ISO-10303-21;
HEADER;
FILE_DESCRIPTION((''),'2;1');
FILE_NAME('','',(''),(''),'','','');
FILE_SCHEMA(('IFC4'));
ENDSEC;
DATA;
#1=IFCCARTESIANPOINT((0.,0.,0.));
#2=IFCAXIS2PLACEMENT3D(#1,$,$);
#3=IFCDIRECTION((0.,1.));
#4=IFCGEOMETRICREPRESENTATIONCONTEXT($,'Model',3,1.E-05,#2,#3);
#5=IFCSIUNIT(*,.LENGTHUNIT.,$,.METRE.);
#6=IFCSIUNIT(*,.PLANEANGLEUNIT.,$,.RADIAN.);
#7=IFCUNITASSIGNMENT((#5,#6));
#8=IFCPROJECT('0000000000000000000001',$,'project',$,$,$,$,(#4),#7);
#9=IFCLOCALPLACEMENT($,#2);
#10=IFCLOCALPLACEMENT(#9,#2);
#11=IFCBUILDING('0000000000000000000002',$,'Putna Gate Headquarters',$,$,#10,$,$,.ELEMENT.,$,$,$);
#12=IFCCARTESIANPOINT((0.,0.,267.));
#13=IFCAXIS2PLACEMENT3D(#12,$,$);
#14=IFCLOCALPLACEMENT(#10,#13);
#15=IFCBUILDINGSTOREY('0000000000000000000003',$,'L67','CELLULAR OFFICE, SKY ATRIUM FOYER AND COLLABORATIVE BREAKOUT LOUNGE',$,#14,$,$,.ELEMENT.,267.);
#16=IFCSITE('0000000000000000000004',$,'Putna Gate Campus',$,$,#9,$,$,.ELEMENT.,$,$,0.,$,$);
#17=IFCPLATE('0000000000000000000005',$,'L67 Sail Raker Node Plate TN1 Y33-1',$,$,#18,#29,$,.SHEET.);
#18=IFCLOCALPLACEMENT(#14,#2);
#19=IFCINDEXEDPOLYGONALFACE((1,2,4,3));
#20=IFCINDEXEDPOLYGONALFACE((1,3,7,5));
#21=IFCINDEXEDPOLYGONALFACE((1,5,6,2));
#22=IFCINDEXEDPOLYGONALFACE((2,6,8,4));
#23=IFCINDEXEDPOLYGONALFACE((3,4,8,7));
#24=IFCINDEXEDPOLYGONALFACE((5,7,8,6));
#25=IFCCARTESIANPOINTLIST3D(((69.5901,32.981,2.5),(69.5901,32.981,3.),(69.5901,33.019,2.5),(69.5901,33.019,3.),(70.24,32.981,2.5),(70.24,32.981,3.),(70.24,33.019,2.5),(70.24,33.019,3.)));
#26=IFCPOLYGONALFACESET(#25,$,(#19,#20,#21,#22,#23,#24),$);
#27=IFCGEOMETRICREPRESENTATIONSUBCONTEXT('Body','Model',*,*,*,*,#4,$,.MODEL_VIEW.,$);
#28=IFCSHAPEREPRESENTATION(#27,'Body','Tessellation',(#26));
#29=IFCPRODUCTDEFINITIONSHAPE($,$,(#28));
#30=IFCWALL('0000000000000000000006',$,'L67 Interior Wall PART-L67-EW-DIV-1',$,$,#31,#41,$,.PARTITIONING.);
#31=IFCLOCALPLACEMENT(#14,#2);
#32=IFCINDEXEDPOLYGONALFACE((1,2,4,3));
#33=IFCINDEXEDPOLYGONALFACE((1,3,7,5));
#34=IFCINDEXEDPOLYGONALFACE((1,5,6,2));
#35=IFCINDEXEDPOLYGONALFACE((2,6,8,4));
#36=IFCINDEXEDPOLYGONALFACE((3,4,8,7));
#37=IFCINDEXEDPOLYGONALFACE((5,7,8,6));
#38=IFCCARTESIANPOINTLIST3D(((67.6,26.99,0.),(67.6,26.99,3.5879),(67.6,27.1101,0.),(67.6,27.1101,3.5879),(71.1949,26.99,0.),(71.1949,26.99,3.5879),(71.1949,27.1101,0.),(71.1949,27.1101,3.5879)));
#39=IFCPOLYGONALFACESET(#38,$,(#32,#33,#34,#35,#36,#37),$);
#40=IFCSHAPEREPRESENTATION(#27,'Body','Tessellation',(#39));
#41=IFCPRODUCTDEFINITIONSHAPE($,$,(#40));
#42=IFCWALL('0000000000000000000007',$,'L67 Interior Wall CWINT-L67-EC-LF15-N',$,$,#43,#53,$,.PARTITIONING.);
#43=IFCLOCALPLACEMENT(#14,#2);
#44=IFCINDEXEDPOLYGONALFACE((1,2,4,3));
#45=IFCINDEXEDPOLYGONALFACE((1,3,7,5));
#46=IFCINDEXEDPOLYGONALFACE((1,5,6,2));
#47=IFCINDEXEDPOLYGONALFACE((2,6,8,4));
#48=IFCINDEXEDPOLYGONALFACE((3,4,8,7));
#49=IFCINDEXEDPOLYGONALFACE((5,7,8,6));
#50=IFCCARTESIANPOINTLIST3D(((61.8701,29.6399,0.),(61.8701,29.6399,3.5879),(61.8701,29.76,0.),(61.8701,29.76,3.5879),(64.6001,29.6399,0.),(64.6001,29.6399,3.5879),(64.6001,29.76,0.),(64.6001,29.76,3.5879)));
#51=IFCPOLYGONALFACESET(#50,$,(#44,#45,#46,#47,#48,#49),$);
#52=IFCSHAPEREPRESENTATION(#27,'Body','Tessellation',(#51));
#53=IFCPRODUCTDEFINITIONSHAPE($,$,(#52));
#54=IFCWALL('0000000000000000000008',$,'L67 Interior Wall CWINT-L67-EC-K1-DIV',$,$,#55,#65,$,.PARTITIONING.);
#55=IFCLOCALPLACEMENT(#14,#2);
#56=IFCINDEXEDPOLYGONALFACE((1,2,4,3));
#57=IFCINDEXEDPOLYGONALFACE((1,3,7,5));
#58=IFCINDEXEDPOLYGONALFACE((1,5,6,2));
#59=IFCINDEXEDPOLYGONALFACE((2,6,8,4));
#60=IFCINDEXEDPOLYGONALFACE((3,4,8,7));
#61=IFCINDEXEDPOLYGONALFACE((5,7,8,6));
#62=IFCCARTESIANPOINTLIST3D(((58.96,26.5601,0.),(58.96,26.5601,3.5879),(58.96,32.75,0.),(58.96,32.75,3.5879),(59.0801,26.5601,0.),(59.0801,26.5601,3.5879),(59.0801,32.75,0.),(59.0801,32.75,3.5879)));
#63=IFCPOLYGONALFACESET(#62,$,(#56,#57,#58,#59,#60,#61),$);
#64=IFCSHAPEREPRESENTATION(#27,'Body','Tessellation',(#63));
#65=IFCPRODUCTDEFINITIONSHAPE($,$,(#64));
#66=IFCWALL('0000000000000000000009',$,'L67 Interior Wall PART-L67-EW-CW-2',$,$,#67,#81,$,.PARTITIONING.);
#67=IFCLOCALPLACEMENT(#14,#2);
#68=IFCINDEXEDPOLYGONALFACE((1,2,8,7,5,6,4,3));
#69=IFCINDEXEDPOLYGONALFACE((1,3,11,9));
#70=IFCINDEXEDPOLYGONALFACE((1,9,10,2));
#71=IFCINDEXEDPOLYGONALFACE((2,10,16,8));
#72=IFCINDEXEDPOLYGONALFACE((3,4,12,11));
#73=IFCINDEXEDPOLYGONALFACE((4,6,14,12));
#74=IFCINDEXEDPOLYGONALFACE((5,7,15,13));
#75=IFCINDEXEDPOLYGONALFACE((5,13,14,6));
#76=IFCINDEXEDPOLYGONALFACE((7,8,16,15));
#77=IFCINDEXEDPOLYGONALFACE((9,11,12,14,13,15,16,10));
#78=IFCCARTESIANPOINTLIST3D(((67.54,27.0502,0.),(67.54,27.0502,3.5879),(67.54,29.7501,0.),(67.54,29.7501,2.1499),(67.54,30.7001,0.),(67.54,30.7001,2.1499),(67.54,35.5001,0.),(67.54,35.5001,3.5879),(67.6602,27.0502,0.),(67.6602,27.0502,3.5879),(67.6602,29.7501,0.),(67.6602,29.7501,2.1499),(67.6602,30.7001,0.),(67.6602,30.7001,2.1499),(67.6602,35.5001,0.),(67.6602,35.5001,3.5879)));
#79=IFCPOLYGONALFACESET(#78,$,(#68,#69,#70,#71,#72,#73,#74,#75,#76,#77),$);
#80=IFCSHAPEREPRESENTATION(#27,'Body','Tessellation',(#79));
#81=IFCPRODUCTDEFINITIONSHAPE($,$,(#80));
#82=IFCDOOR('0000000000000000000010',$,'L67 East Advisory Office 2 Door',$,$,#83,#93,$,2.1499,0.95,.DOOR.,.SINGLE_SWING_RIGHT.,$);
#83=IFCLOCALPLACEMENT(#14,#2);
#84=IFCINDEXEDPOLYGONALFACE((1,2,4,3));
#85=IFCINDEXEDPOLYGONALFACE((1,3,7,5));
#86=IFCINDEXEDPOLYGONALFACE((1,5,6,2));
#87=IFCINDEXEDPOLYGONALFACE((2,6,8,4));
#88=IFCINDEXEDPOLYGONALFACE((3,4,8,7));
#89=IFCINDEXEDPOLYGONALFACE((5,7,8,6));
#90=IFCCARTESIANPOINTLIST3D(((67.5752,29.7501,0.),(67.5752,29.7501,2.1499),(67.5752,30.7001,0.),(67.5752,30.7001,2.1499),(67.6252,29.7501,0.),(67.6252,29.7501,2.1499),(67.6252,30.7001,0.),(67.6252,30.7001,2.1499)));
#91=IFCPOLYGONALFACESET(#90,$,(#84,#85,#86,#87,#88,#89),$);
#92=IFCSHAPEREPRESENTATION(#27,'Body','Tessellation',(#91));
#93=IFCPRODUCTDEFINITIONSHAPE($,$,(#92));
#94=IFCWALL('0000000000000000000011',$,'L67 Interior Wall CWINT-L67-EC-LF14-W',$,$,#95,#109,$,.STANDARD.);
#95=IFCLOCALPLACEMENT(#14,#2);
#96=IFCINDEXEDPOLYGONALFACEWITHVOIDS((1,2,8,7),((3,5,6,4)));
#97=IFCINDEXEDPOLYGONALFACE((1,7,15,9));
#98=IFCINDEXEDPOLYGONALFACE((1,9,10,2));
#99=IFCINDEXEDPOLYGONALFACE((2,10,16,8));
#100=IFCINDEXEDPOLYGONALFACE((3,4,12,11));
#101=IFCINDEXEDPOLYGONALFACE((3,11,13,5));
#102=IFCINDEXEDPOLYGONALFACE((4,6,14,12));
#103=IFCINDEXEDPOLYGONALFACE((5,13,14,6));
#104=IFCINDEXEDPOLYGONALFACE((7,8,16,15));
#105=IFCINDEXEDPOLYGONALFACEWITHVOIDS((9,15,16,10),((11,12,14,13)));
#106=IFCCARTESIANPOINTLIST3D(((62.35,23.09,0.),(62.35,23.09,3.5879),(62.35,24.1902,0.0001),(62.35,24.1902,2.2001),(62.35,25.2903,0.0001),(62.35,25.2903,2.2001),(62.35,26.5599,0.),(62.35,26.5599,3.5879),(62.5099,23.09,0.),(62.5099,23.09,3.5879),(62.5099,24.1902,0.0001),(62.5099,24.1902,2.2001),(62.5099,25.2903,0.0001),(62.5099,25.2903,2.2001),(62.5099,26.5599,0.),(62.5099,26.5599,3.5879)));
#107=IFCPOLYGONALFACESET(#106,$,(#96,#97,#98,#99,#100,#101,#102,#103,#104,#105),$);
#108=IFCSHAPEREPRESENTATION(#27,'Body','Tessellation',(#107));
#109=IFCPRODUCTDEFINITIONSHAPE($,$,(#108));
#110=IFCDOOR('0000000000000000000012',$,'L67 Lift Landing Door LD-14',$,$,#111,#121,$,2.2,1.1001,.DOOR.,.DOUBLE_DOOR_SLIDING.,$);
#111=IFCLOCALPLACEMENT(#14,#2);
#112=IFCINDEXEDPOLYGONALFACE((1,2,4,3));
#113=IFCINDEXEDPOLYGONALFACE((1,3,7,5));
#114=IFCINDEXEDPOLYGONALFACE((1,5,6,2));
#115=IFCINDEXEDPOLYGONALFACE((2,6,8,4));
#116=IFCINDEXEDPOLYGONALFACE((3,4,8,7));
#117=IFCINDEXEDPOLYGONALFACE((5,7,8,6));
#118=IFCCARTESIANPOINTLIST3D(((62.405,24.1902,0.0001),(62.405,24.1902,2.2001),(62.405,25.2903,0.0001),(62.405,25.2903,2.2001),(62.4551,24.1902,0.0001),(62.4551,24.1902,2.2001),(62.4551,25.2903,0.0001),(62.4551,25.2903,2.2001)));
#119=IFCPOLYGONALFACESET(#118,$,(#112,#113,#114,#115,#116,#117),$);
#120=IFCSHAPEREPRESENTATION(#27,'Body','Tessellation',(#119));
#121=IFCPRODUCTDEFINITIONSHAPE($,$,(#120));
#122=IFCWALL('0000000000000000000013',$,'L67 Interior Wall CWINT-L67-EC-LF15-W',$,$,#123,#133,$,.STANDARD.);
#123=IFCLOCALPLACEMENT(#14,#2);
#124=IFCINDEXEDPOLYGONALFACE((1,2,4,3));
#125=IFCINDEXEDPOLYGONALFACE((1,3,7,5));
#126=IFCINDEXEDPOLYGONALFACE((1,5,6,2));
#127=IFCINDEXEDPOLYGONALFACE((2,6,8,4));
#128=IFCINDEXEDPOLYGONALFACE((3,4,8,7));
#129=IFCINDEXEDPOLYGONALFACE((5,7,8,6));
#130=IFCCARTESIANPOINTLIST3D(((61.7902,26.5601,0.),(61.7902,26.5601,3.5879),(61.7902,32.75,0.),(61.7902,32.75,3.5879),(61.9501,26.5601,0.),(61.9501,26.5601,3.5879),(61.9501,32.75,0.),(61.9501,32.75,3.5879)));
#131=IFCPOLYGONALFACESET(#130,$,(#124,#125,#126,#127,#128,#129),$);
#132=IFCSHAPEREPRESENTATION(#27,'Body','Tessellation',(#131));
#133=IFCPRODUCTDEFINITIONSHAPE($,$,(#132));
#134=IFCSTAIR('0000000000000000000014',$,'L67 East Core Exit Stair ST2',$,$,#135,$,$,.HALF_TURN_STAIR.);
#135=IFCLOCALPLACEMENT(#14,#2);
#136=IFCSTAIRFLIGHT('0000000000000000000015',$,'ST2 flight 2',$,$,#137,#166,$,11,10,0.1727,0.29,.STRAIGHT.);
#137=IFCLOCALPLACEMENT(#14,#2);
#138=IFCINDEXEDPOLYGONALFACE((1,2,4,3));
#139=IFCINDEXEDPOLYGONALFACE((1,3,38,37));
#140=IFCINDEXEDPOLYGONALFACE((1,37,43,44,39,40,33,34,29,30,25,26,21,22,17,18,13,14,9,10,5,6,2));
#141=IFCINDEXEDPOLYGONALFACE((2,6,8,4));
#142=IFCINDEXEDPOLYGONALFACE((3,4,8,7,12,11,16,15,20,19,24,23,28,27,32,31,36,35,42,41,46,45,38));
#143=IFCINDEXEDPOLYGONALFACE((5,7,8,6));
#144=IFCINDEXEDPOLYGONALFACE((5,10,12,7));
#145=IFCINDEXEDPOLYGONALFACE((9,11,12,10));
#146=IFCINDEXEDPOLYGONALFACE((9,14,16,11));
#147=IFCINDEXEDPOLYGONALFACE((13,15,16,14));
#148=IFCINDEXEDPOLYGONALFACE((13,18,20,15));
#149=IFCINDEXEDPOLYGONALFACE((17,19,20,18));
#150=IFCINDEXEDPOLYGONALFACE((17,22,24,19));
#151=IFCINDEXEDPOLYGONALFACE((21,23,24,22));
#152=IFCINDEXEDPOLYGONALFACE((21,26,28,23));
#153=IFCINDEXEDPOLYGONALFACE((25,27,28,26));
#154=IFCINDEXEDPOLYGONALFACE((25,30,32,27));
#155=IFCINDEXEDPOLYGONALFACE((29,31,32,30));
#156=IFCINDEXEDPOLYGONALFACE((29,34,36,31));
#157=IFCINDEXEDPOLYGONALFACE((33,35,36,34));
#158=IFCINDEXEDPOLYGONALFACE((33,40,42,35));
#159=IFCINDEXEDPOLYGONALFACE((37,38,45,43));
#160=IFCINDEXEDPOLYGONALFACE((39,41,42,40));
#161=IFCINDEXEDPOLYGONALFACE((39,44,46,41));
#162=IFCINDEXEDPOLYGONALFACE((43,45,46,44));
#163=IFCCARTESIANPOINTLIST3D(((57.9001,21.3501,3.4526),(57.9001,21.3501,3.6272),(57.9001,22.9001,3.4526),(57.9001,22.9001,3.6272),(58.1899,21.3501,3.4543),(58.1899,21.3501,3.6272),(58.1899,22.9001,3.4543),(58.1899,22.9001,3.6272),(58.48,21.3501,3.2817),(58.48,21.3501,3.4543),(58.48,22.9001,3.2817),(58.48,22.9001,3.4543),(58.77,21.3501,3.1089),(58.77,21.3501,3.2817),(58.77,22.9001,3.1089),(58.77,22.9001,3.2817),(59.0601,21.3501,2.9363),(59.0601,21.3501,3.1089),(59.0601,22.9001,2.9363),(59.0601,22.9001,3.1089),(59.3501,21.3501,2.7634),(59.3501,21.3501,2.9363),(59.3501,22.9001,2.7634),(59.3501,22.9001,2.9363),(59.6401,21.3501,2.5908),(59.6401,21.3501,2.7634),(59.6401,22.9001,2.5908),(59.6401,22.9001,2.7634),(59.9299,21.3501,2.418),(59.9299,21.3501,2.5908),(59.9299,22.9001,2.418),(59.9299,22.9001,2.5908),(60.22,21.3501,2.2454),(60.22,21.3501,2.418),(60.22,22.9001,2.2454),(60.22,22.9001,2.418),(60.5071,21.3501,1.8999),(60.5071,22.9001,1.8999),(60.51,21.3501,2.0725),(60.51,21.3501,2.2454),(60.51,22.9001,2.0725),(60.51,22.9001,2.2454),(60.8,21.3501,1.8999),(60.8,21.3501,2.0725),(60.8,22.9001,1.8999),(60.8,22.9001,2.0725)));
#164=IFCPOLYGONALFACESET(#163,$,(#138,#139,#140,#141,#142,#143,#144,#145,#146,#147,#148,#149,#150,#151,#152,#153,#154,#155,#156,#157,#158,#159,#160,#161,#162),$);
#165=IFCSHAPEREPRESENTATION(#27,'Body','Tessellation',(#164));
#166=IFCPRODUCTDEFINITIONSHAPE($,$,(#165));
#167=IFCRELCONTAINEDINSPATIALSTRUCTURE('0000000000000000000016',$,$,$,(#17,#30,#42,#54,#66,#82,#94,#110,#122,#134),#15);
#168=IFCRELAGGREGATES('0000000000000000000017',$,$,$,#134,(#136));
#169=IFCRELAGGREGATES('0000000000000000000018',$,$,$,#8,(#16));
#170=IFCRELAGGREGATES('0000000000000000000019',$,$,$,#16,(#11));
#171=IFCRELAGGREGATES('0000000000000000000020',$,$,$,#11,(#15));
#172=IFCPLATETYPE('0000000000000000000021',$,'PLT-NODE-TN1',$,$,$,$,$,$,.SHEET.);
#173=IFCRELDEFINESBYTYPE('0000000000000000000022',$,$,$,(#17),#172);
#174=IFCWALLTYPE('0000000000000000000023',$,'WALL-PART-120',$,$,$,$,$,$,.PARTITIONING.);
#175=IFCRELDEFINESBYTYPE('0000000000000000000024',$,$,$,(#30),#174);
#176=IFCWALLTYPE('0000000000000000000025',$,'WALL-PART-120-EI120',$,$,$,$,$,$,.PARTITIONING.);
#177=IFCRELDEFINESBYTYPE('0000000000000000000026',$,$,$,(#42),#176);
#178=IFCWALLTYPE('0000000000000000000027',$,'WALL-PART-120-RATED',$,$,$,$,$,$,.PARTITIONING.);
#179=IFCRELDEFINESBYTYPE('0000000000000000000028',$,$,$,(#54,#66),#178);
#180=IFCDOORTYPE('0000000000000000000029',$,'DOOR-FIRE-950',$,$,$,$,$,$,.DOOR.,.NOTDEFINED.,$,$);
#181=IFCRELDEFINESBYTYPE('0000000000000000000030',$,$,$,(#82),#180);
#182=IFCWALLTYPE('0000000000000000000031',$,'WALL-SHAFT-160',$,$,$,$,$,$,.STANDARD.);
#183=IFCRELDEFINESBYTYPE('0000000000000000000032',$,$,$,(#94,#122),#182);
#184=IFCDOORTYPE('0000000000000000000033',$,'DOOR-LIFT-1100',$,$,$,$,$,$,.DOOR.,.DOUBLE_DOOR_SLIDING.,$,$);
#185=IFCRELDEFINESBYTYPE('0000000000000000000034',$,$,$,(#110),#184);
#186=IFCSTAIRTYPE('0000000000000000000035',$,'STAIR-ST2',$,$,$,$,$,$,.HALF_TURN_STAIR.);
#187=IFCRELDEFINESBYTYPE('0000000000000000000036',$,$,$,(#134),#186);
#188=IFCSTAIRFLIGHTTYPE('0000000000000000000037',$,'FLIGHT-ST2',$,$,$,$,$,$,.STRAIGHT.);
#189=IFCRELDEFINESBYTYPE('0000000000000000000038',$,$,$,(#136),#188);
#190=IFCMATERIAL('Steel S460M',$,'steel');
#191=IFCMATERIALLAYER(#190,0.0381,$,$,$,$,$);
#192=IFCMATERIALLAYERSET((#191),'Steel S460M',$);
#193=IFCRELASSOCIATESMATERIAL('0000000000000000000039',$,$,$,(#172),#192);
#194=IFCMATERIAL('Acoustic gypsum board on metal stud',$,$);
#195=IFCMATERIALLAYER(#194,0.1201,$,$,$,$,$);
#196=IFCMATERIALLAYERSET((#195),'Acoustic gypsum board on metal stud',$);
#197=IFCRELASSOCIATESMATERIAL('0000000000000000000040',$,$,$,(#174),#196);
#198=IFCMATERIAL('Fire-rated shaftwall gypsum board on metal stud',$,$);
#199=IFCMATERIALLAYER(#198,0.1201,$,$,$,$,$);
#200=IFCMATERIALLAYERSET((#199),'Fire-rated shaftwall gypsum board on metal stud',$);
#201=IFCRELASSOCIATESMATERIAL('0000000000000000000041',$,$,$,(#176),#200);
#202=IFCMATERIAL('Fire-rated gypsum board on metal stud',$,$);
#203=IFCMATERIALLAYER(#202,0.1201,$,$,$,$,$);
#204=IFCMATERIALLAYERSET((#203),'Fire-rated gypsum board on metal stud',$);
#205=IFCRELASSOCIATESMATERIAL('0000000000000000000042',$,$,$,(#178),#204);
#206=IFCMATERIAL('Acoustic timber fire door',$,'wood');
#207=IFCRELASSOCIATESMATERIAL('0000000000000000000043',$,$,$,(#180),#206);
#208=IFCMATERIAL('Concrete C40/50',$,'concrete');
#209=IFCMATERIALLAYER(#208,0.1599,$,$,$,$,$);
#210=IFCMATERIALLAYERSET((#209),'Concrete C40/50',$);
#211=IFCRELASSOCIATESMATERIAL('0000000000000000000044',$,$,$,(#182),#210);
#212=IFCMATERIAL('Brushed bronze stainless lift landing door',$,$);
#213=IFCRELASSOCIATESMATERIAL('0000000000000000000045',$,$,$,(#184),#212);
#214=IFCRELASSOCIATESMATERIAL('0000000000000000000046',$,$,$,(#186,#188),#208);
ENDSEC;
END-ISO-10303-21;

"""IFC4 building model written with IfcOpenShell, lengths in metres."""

from ifc_helpers import new_model, si_unit, direction, frame, frame_2d, origin, origin_2d, place, context, subcontext, project, spatial, polyline, rectangle, outline, extrude, material, layer, layer_set, type_object, element, fill, aggregate, save


model = new_model("IFC4")

# Units and contexts
model_context = context("Model", 3, precision=1e-05, world=origin(), true_north=direction((0.0, 1.0)))
body_context = subcontext(model_context, "Body", "Model", "MODEL_VIEW")
ifc_project = project(units=[si_unit("LENGTHUNIT", "METRE"), si_unit("PLANEANGLEUNIT", "RADIAN")], contexts=[model_context])

# Site, building, storey
site_placement = place(None, origin())
site = spatial("IfcSite", under=ifc_project, at=site_placement, Name="Putna Gate Campus", CompositionType="ELEMENT", RefElevation=0.0)
building_placement = place(site_placement, origin())
building = spatial("IfcBuilding", under=site, at=building_placement, Name="Putna Gate Headquarters", CompositionType="ELEMENT")
storey_placement = place(building_placement, frame((0.0, 0.0, 267.0)))
storey = spatial("IfcBuildingStorey", under=building, at=storey_placement, Name="L67", Description="CELLULAR OFFICE, SKY ATRIUM FOYER AND COLLABORATIVE BREAKOUT LOUNGE", CompositionType="ELEMENT", Elevation=267.0)

# Shared definitions
ifc_material_1 = material(Name="Steel S460M", Category="steel")

# Plate
ifc_layer_1 = layer(ifc_material_1, 0.0381)
ifc_layer_set_1 = layer_set([ifc_layer_1], Name="Steel S460M")
plate_type_1 = type_object("IfcPlateType", Name="PLT-NODE-TN1", PredefinedType="SHEET", material=ifc_layer_set_1)
plate_1_placement = place(storey_placement, frame((69.915, 33.0, 2.5), z_axis=(0.0, 0.0, 1.0), x_axis=(1.0, 0.0, 0.0)))
element("IfcPlate", 1, at=plate_1_placement, inside=storey, type_object=plate_type_1, Name="L67 Sail Raker Node Plate TN1 Y33-1", PredefinedType="SHEET", context=body_context, shape_type="SweptSolid", body=[
    extrude(rectangle(XDim=0.6499, YDim=0.0381, at=origin_2d()), origin(), (0.0, 0.0, 1.0), 0.5),
])

# Walls
ifc_material_2 = material(Name="Acoustic gypsum board on metal stud")
ifc_layer_2 = layer(ifc_material_2, 0.1201)
ifc_layer_set_2 = layer_set([ifc_layer_2], Name="Acoustic gypsum board on metal stud")
wall_type_1 = type_object("IfcWallType", Name="WALL-PART-120", PredefinedType="PARTITIONING", material=ifc_layer_set_2)
wall_1_placement = place(storey_placement, frame((67.6001, 27.05, 0.0), z_axis=(0.0, 0.0, 1.0), x_axis=(1.0, 0.0, 0.0)))
element("IfcWall", 2, at=wall_1_placement, inside=storey, type_object=wall_type_1, Name="L67 Interior Wall PART-L67-EW-DIV-1", PredefinedType="PARTITIONING", context=body_context, shape_type="SweptSolid", body=[
    extrude(rectangle(XDim=3.595, YDim=0.1201, at=frame_2d((1.7974, 0.0))), origin(), (0.0, 0.0, 1.0), 3.5879),
])
ifc_material_3 = material(Name="Fire-rated shaftwall gypsum board on metal stud")
ifc_layer_3 = layer(ifc_material_3, 0.1201)
ifc_layer_set_3 = layer_set([ifc_layer_3], Name="Fire-rated shaftwall gypsum board on metal stud")
wall_type_2 = type_object("IfcWallType", Name="WALL-PART-120-EI120", PredefinedType="PARTITIONING", material=ifc_layer_set_3)
wall_2_placement = place(storey_placement, frame((61.8701, 29.7, 0.0), z_axis=(0.0, 0.0, 1.0), x_axis=(1.0, 0.0, 0.0)))
element("IfcWall", 3, at=wall_2_placement, inside=storey, type_object=wall_type_2, Name="L67 Interior Wall CWINT-L67-EC-LF15-N", PredefinedType="PARTITIONING", context=body_context, shape_type="SweptSolid", body=[
    extrude(rectangle(XDim=2.73, YDim=0.1201, at=frame_2d((1.365, 0.0))), origin(), (0.0, 0.0, 1.0), 3.5879),
])
ifc_material_4 = material(Name="Fire-rated gypsum board on metal stud")
ifc_layer_4 = layer(ifc_material_4, 0.1201)
ifc_layer_set_4 = layer_set([ifc_layer_4], Name="Fire-rated gypsum board on metal stud")
wall_type_3 = type_object("IfcWallType", Name="WALL-PART-120-RATED", PredefinedType="PARTITIONING", material=ifc_layer_set_4)
wall_3_placement = place(storey_placement, frame((59.02, 26.5601, 0.0), z_axis=(0.0, 0.0, 1.0), x_axis=(0.0, 1.0, 0.0)))
element("IfcWall", 4, at=wall_3_placement, inside=storey, type_object=wall_type_3, Name="L67 Interior Wall CWINT-L67-EC-K1-DIV", PredefinedType="PARTITIONING", context=body_context, shape_type="SweptSolid", body=[
    extrude(rectangle(XDim=6.1899, YDim=0.1201, at=frame_2d((3.095, 0.0))), origin(), (0.0, 0.0, 1.0), 3.5879),
])

# Walls, openings, doors
wall_4_placement = place(storey_placement, frame((67.6001, 27.05, 0.0), z_axis=(0.0, 0.0, 1.0), x_axis=(0.0, 1.0, 0.0)))
wall_4 = element("IfcWall", 5, at=wall_4_placement, inside=storey, type_object=wall_type_3, Name="L67 Interior Wall PART-L67-EW-CW-2", PredefinedType="PARTITIONING", context=body_context, shape_type="SweptSolid", body=[
    extrude(rectangle(XDim=8.45, YDim=0.1201, at=frame_2d((4.2251, 0.0))), origin(), (0.0, 0.0, 1.0), 3.5879),
])
opening_1_placement = place(wall_4_placement, frame((2.7, 0.0, 0.0)))
opening_1 = element("IfcOpeningElement", 6, at=opening_1_placement, cuts=wall_4, PredefinedType="OPENING", context=body_context, shape_type="SweptSolid", body=[
    extrude(rectangle(XDim=0.95, YDim=2.1499, at=frame_2d((0.4751, 1.075))), frame((0.0, 0.0701, 0.0), z_axis=(0.0, -1.0, 0.0), x_axis=(1.0, 0.0, 0.0)), (0.0, 0.0, 1.0), 0.1401),
])
ifc_material_5 = material(Name="Acoustic timber fire door", Category="wood")
door_type_1 = type_object("IfcDoorType", Name="DOOR-FIRE-950", OperationType="NOTDEFINED", PredefinedType="DOOR", material=ifc_material_5)
door_1_placement = place(opening_1_placement, origin())
door_1 = element("IfcDoor", 7, at=door_1_placement, inside=storey, type_object=door_type_1, Name="L67 East Advisory Office 2 Door", OperationType="SINGLE_SWING_RIGHT", OverallHeight=2.1499, OverallWidth=0.95, PredefinedType="DOOR", context=body_context, shape_type="SweptSolid", body=[
    extrude(rectangle(XDim=0.95, YDim=2.1499, at=frame_2d((0.4751, 1.075))), frame((0.0, 0.0249, 0.0), z_axis=(0.0, -1.0, 0.0), x_axis=(1.0, 0.0, 0.0)), (0.0, 0.0, 1.0), 0.05),
])
fill(opening_1, door_1)
ifc_material_6 = material(Name="Concrete C40/50", Category="concrete")
ifc_layer_5 = layer(ifc_material_6, 0.1599)
ifc_layer_set_5 = layer_set([ifc_layer_5], Name="Concrete C40/50")
wall_type_4 = type_object("IfcWallType", Name="WALL-SHAFT-160", PredefinedType="STANDARD", material=ifc_layer_set_5)
wall_5_placement = place(storey_placement, frame((62.4299, 23.0901, 0.0), z_axis=(0.0, 0.0, 1.0), x_axis=(0.0, 1.0, 0.0)))
wall_5 = element("IfcWall", 8, at=wall_5_placement, inside=storey, type_object=wall_type_4, Name="L67 Interior Wall CWINT-L67-EC-LF14-W", PredefinedType="STANDARD", context=body_context, shape_type="SweptSolid", body=[
    extrude(rectangle(XDim=3.47, YDim=0.1599, at=frame_2d((1.7349, 0.0))), origin(), (0.0, 0.0, 1.0), 3.5879),
])
opening_2_placement = place(wall_5_placement, frame((1.1001, 0.0, 0.0)))
opening_2 = element("IfcOpeningElement", 9, at=opening_2_placement, cuts=wall_5, PredefinedType="OPENING", context=body_context, shape_type="SweptSolid", body=[
    extrude(rectangle(XDim=1.1001, YDim=2.2, at=frame_2d((0.55, 1.1001))), frame((0.0, 0.0898, 0.0), z_axis=(0.0, -1.0, 0.0), x_axis=(1.0, 0.0, 0.0)), (0.0, 0.0, 1.0), 0.1799),
])
ifc_material_7 = material(Name="Brushed bronze stainless lift landing door")
door_type_2 = type_object("IfcDoorType", Name="DOOR-LIFT-1100", OperationType="DOUBLE_DOOR_SLIDING", PredefinedType="DOOR", material=ifc_material_7)
door_2_placement = place(opening_2_placement, origin())
door_2 = element("IfcDoor", 10, at=door_2_placement, inside=storey, type_object=door_type_2, Name="L67 Lift Landing Door LD-14", OperationType="DOUBLE_DOOR_SLIDING", OverallHeight=2.2, OverallWidth=1.1001, PredefinedType="DOOR", context=body_context, shape_type="SweptSolid", body=[
    extrude(rectangle(XDim=1.1001, YDim=2.2, at=frame_2d((0.55, 1.1001))), frame((0.0, 0.0249, 0.0), z_axis=(0.0, -1.0, 0.0), x_axis=(1.0, 0.0, 0.0)), (0.0, 0.0, 1.0), 0.05),
])
fill(opening_2, door_2)

# Wall
wall_6_placement = place(storey_placement, frame((61.8701, 26.5601, 0.0), z_axis=(0.0, 0.0, 1.0), x_axis=(0.0, 1.0, 0.0)))
element("IfcWall", 11, at=wall_6_placement, inside=storey, type_object=wall_type_4, Name="L67 Interior Wall CWINT-L67-EC-LF15-W", PredefinedType="STANDARD", context=body_context, shape_type="SweptSolid", body=[
    extrude(rectangle(XDim=6.1899, YDim=0.1599, at=frame_2d((3.095, 0.0))), origin(), (0.0, 0.0, 1.0), 3.5879),
])

# Stair, stair flight
stair_type = type_object("IfcStairType", Name="STAIR-ST2", PredefinedType="HALF_TURN_STAIR", material=ifc_material_6)
stair_placement = place(storey_placement, origin())
stair = element("IfcStair", 12, at=stair_placement, inside=storey, type_object=stair_type, Name="L67 East Core Exit Stair ST2", PredefinedType="HALF_TURN_STAIR")
stair_flight_type = type_object("IfcStairFlightType", Name="FLIGHT-ST2", PredefinedType="STRAIGHT", material=ifc_material_6)
stair_flight_placement = place(storey_placement, frame((60.8, 22.125, 1.8999), z_axis=(0.0, 0.0, 1.0), x_axis=(-1.0, 0.0, 0.0)))
stair_flight = element("IfcStairFlight", 13, at=stair_flight_placement, type_object=stair_flight_type, Name="ST2 flight 2", NumberOfRisers=11, NumberOfTreads=10, PredefinedType="STRAIGHT", RiserHeight=0.1727, TreadLength=0.29, context=body_context, shape_type="SweptSolid", body=[
    extrude(outline(polyline([(0.0, 0.0), (0.0, 0.1726), (0.29, 0.1726), (0.29, 0.3455), (0.5801, 0.3455), (0.5801, 0.5181), (0.8701, 0.5181), (0.8701, 0.6909), (1.1599, 0.6909), (1.1599, 0.8635), (1.45, 0.8635), (1.45, 1.0364), (1.74, 1.0364), (1.74, 1.209), (2.03, 1.209), (2.03, 1.3818), (2.3201, 1.3818), (2.3201, 1.5544), (2.6101, 1.5544), (2.6101, 1.7273), (2.8999, 1.7273), (2.8999, 1.8999), (2.8999, 1.5527), (0.293, 0.0), (0.0, 0.0)])), frame((0.0, 0.7749, 0.0), z_axis=(0.0, -1.0, 0.0), x_axis=(1.0, 0.0, 0.0)), (0.0, 0.0, 1.0), 1.55),
])
aggregate(stair, [stair_flight])

save(model, "model.ifc")
